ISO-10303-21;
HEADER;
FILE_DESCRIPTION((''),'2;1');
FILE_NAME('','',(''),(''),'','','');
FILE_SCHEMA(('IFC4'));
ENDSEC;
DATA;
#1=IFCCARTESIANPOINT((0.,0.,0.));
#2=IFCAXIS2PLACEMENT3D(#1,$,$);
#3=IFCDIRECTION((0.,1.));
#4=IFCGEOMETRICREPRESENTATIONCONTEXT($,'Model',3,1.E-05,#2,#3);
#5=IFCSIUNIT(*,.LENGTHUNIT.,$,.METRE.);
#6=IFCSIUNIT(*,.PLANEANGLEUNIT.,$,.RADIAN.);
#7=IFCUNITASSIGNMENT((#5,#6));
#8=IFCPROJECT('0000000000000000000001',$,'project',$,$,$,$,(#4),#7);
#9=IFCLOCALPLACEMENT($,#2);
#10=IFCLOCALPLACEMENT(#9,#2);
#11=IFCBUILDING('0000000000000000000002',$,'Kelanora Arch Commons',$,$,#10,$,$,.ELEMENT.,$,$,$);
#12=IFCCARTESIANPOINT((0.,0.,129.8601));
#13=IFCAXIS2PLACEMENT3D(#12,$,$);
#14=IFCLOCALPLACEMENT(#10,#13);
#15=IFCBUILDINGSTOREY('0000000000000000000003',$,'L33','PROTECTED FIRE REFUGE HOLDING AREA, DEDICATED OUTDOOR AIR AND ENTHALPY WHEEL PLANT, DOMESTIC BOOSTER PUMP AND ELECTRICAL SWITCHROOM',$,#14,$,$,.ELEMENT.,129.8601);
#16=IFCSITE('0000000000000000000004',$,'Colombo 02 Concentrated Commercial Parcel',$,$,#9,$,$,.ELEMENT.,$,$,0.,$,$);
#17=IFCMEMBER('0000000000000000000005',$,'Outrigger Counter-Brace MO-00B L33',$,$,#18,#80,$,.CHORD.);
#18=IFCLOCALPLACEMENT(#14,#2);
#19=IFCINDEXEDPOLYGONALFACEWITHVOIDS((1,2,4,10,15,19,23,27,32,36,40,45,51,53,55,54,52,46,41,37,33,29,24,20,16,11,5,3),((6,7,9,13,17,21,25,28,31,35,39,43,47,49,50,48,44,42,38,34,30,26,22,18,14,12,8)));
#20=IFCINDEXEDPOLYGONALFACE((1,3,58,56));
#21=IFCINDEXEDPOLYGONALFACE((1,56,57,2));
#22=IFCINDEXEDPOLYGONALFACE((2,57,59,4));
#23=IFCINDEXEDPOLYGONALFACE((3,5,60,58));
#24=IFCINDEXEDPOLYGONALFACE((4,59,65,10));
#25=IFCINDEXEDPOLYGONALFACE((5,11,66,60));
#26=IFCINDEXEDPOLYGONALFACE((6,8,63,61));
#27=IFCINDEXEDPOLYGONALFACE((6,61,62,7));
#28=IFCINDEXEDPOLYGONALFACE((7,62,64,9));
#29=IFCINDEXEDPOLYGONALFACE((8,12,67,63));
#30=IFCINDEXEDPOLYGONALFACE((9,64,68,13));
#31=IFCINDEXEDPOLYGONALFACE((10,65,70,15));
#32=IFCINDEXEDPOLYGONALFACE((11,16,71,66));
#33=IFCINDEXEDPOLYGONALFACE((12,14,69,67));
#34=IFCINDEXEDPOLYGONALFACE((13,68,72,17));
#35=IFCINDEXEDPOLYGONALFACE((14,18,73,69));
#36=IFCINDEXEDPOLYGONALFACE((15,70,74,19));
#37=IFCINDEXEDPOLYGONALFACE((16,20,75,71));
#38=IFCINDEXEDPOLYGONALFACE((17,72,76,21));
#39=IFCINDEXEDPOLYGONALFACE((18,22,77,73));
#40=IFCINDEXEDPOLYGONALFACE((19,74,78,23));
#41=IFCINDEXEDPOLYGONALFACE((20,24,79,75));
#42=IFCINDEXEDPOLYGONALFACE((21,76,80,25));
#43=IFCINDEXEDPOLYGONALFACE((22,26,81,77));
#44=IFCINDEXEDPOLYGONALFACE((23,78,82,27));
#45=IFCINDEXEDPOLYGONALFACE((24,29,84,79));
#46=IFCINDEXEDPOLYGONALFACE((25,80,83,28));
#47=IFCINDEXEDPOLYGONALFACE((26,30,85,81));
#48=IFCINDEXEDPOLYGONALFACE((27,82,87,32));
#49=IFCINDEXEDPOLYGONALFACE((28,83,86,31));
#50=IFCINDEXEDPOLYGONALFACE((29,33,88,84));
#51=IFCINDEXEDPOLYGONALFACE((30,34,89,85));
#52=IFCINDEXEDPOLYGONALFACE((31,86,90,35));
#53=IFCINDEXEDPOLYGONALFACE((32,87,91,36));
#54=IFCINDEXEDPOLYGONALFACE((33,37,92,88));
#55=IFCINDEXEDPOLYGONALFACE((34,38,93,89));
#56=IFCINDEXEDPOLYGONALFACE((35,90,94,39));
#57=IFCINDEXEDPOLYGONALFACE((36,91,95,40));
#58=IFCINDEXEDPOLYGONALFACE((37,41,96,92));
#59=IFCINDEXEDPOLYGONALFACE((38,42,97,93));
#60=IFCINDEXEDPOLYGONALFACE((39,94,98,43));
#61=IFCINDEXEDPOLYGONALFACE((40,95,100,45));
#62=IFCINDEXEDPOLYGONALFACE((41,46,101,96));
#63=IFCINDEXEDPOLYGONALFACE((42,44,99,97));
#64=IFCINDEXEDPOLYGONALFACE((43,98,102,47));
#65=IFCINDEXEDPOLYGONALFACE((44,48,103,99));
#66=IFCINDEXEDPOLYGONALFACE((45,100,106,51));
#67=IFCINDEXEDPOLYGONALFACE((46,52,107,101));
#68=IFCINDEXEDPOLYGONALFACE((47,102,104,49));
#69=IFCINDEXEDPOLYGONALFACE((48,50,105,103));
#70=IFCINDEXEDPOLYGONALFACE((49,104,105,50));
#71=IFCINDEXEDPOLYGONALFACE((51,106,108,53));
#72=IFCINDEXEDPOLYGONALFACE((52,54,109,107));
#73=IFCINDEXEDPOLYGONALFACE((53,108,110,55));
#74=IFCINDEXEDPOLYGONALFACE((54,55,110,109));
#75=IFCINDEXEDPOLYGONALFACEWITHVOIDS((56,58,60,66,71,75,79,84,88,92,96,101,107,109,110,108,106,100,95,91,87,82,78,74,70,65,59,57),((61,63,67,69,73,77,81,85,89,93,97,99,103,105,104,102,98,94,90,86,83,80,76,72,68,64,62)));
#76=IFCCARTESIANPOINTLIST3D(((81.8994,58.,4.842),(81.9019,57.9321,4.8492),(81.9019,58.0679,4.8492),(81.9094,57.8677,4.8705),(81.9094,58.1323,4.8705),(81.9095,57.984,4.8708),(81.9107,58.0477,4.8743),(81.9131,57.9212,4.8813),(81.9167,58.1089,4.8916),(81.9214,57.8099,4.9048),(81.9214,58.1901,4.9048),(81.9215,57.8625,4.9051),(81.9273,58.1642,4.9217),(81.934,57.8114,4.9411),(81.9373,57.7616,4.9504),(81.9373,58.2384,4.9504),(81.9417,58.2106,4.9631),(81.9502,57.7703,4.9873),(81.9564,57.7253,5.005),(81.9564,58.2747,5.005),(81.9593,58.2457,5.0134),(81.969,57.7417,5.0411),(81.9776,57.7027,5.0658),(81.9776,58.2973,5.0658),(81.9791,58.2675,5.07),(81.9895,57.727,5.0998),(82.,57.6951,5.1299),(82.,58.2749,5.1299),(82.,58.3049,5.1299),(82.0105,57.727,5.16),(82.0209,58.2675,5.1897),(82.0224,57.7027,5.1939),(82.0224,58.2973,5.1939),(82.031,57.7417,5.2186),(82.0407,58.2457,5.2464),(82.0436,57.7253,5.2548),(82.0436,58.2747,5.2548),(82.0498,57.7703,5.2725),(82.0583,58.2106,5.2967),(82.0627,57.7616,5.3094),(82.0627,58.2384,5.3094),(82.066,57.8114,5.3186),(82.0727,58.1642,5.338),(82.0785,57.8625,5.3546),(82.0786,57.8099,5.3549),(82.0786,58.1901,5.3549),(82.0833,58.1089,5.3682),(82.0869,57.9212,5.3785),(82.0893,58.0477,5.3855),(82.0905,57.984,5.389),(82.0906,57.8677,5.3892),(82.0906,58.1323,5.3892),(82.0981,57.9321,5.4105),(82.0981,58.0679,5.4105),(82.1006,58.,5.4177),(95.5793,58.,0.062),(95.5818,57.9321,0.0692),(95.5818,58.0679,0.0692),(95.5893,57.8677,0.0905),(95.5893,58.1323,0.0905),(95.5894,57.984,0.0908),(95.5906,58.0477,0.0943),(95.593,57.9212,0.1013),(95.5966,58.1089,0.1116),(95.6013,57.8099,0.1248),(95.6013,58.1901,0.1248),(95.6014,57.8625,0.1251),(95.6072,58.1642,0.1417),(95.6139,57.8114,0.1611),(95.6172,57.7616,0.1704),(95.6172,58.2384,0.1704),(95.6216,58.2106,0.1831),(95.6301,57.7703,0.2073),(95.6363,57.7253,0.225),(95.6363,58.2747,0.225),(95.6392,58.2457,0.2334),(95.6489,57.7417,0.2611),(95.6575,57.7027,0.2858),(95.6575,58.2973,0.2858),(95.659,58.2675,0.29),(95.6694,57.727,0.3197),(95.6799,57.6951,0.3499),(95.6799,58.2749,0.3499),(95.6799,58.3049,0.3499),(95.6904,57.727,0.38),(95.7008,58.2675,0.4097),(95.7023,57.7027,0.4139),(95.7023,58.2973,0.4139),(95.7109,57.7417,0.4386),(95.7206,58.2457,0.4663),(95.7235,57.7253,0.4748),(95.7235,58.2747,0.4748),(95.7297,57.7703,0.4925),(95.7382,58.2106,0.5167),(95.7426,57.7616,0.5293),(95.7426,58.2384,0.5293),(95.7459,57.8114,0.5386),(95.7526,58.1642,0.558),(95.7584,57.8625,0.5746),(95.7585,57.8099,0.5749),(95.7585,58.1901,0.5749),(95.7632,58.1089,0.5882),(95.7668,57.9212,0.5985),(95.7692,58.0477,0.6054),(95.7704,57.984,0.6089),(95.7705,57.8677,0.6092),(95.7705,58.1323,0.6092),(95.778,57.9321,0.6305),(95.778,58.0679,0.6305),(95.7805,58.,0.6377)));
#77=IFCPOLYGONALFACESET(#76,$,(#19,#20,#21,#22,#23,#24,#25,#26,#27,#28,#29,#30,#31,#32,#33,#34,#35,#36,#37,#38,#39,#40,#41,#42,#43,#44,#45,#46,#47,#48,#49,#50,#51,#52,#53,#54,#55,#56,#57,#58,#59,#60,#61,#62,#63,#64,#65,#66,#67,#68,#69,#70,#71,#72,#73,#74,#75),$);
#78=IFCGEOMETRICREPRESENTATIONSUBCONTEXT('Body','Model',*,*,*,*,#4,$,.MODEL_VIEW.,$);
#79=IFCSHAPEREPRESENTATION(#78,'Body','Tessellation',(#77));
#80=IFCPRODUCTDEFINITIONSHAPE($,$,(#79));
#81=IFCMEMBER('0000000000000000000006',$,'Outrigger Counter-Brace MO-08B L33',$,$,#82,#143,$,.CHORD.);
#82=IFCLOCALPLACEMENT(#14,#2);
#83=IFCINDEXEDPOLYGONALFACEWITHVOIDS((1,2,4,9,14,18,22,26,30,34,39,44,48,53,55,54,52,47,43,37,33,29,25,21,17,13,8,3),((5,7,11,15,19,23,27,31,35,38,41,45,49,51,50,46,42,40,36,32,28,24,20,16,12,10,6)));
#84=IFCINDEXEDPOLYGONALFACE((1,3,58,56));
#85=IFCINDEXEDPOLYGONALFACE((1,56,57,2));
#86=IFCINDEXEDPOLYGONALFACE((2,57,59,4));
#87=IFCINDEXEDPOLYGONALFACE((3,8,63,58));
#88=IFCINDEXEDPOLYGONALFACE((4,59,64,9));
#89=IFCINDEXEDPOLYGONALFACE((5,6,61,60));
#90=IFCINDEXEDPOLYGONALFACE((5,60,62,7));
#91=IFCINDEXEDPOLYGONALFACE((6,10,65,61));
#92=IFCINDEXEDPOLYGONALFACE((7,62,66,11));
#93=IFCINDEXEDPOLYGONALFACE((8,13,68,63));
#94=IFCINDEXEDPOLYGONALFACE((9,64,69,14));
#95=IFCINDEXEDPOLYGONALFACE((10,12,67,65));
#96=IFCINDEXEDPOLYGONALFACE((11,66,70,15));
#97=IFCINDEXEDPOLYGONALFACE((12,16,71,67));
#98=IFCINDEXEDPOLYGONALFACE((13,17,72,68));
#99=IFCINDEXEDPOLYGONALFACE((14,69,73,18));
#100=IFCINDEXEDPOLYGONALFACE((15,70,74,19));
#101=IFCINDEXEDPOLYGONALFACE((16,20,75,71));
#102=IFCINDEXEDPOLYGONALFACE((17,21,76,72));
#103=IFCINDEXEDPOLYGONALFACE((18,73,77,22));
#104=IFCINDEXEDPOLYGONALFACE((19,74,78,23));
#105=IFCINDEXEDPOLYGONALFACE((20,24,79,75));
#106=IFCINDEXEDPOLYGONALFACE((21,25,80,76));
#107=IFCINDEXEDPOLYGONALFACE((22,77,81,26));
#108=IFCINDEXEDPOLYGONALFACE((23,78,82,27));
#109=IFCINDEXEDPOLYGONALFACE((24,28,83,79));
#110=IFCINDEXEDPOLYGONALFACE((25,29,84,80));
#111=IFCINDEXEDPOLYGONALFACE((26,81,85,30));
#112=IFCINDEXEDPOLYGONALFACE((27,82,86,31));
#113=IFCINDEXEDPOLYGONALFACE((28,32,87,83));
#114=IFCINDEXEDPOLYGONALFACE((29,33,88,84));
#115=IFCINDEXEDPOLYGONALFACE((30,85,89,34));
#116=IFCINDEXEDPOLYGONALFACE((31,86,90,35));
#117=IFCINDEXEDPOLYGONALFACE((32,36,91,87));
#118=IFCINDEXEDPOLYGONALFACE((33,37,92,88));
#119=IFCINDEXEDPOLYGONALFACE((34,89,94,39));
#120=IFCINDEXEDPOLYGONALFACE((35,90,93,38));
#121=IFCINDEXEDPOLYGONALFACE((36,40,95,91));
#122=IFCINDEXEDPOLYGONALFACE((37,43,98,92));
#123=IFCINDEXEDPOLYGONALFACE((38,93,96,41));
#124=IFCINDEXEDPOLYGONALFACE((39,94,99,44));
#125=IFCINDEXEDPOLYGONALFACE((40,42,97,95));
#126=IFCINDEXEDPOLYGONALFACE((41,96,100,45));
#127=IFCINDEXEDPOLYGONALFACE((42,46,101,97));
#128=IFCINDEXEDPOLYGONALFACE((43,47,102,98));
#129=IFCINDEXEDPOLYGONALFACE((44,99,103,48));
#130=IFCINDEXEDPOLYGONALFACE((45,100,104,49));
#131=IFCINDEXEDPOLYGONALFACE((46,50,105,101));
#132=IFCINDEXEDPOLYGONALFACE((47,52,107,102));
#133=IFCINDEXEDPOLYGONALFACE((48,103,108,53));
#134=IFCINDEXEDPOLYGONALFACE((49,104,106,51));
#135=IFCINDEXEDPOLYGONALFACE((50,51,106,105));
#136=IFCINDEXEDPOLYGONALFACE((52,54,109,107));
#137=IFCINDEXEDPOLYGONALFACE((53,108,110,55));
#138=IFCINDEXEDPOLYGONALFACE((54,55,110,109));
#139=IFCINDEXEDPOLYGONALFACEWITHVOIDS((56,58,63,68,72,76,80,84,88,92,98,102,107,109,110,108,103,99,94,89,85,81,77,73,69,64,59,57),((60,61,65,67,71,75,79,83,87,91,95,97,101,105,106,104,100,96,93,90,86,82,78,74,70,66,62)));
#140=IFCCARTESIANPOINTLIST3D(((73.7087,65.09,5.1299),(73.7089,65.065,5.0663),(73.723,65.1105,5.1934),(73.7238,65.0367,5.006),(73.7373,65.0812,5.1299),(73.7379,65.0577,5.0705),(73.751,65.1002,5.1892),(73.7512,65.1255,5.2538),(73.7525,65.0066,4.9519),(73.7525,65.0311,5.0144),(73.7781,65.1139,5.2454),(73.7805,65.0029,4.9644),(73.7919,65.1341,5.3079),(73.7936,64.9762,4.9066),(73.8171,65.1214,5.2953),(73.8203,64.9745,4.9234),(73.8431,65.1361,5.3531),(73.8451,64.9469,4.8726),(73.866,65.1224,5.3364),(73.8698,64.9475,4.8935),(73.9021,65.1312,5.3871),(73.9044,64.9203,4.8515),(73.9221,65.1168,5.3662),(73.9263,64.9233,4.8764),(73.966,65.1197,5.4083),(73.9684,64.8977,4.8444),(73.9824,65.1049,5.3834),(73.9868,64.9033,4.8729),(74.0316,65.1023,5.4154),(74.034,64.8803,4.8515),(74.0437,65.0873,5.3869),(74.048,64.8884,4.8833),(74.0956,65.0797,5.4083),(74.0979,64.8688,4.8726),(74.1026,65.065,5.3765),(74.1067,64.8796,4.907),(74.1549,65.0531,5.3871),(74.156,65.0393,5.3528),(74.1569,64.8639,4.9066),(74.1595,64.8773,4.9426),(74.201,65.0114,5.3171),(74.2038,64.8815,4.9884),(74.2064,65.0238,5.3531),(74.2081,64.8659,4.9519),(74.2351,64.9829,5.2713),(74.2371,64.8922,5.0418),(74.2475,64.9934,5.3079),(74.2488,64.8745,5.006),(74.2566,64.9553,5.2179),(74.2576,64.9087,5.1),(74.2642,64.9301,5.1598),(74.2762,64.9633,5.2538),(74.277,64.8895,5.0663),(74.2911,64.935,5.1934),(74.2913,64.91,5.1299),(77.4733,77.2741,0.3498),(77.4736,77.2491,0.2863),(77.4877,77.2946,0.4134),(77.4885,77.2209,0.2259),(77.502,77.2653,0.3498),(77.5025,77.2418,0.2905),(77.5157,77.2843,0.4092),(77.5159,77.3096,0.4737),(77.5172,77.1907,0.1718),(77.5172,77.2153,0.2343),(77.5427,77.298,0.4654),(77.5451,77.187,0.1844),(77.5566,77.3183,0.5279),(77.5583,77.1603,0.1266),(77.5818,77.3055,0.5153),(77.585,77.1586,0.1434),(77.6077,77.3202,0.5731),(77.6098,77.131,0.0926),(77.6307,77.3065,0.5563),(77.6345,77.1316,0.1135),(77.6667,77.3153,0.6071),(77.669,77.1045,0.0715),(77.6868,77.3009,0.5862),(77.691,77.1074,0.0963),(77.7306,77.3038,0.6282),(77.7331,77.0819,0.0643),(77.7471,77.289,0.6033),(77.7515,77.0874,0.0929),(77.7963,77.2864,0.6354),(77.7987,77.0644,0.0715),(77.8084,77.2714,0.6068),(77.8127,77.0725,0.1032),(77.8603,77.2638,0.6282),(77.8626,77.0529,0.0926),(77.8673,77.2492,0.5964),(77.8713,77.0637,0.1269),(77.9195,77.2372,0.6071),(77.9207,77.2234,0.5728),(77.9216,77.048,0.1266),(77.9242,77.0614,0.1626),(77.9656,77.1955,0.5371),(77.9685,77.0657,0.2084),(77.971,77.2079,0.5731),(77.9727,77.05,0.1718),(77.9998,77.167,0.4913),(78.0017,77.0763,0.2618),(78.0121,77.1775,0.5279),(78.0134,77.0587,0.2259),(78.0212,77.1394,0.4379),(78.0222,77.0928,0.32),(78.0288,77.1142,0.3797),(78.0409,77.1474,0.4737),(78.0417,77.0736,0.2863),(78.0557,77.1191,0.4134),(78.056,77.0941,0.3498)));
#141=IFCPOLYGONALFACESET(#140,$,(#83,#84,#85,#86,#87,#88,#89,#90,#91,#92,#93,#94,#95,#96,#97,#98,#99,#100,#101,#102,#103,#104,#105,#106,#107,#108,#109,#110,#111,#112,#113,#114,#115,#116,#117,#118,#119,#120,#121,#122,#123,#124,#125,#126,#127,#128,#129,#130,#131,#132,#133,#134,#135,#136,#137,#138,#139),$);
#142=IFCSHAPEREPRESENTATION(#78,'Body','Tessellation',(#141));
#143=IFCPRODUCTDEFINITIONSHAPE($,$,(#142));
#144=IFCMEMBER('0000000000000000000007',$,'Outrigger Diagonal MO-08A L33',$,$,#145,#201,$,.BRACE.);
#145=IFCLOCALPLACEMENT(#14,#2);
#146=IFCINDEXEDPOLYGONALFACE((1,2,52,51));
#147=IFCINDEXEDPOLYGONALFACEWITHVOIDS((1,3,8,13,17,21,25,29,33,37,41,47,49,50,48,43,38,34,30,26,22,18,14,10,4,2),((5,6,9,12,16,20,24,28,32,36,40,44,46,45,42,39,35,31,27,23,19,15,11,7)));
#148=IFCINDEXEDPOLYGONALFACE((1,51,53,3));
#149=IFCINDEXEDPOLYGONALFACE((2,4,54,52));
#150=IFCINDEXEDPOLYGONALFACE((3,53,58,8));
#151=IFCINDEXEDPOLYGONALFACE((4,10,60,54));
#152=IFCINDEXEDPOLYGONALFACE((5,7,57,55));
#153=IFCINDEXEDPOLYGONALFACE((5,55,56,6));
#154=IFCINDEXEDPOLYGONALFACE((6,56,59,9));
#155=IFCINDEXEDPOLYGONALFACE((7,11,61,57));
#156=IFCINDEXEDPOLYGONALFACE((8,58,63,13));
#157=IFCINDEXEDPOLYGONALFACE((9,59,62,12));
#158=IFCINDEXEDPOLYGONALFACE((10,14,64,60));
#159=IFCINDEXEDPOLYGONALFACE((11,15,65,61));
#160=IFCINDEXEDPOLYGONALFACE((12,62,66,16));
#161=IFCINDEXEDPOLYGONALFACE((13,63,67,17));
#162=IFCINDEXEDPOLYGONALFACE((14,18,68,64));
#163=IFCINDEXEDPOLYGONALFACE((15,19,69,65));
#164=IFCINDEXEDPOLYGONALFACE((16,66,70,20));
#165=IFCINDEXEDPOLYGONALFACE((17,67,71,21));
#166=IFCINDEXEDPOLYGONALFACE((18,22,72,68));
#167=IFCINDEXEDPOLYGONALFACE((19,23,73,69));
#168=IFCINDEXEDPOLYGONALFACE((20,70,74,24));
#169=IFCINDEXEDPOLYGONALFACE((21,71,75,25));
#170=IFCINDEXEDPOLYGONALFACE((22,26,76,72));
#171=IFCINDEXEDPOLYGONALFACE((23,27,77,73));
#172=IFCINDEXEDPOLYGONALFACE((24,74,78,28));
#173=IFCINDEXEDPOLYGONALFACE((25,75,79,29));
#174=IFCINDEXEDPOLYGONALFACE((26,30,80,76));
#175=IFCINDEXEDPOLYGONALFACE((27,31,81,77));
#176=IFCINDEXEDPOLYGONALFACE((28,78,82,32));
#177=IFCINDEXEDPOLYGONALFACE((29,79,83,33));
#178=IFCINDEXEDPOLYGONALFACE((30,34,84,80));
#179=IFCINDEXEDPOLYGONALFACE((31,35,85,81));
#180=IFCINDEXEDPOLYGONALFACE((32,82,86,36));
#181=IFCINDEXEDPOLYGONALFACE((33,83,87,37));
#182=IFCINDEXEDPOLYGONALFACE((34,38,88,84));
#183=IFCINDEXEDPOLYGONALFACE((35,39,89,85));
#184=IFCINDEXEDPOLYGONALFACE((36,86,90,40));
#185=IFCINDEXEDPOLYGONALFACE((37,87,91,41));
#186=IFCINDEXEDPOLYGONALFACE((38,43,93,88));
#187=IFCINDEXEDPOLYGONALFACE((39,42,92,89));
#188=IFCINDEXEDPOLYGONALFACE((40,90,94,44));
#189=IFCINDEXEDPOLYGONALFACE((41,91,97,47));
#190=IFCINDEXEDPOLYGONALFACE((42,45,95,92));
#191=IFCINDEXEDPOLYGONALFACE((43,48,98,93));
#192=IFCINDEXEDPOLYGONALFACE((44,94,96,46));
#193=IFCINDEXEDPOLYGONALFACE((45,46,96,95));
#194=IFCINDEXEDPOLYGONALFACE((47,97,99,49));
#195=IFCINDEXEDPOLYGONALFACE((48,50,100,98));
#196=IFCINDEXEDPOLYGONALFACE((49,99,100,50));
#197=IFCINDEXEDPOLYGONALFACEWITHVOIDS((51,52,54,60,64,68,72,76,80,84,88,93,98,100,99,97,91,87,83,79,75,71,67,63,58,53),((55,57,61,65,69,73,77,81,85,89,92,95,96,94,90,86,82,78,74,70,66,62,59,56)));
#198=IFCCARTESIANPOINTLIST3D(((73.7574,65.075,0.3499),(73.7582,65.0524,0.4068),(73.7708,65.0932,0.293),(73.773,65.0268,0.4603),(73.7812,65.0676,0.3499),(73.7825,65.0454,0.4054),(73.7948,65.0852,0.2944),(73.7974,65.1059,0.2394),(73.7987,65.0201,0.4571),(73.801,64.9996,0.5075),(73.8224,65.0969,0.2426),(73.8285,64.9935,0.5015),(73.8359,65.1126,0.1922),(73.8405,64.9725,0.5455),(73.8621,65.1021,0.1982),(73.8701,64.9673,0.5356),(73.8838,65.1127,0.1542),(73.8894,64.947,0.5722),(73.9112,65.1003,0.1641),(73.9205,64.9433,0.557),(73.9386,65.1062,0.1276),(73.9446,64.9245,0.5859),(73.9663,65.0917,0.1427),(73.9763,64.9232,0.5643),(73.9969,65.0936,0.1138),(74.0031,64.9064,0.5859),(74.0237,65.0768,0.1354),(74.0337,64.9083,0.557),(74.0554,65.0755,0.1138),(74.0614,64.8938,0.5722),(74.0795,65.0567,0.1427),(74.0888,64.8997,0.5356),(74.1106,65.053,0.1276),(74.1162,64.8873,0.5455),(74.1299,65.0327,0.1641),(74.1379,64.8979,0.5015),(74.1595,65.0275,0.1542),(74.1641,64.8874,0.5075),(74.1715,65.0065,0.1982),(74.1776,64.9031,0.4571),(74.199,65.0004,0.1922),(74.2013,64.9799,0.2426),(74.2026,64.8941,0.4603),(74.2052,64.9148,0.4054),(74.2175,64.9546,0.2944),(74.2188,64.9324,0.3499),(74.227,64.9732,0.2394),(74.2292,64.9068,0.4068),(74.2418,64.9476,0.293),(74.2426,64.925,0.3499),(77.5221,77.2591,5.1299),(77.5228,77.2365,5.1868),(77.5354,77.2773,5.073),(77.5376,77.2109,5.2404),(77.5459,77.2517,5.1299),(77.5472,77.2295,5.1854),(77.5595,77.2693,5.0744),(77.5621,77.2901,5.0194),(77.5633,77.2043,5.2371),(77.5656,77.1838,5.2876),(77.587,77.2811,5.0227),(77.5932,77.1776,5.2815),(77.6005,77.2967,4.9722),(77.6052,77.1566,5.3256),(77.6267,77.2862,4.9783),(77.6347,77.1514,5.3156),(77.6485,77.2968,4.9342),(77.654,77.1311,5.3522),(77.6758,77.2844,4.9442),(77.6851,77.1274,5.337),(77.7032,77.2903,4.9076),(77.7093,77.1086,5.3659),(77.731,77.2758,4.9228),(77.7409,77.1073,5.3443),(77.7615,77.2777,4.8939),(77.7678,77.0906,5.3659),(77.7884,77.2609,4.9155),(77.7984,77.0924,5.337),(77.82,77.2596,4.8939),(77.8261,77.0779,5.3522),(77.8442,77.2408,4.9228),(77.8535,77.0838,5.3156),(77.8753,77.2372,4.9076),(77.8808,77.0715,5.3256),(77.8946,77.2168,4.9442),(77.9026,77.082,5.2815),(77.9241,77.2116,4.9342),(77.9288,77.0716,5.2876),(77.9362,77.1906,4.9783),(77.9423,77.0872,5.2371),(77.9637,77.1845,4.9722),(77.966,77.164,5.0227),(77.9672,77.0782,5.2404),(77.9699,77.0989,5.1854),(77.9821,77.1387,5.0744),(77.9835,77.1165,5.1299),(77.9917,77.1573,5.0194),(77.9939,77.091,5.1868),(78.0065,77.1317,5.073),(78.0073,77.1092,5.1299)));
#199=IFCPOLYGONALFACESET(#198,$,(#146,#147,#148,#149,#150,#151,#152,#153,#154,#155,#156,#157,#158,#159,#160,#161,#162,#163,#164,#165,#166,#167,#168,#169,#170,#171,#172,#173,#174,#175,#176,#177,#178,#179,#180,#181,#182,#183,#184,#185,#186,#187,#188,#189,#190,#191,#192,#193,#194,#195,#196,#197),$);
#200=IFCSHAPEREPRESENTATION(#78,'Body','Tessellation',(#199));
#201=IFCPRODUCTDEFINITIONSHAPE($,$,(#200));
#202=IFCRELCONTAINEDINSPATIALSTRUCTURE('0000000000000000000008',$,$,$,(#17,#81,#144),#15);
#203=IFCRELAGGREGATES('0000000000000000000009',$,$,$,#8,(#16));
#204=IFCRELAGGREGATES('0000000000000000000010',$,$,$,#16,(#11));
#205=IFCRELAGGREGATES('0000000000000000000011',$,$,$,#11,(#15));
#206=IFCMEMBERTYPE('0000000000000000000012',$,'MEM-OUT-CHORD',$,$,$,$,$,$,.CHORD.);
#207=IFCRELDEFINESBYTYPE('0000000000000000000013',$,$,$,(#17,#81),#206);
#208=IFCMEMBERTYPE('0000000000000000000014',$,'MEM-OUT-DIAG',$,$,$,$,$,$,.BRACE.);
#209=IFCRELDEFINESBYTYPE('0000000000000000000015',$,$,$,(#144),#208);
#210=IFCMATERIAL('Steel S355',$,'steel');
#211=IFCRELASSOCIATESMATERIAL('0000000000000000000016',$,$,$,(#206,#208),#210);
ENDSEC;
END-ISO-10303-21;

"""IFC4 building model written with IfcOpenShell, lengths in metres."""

from ifc_helpers import new_model, si_unit, direction, frame, origin, origin_2d, place, context, subcontext, project, spatial, hollow_circle, extrude, material, material_profile, profile_set, type_object, element, save


model = new_model("IFC4")

# Units and contexts
model_context = context("Model", 3, precision=1e-05, world=origin(), true_north=direction((0.0, 1.0)))
body_context = subcontext(model_context, "Body", "Model", "MODEL_VIEW")
ifc_project = project(units=[si_unit("LENGTHUNIT", "METRE"), si_unit("PLANEANGLEUNIT", "RADIAN")], contexts=[model_context])

# Site, building, storey
site_placement = place(None, origin())
site = spatial("IfcSite", under=ifc_project, at=site_placement, Name="Colombo 02 Concentrated Commercial Parcel", CompositionType="ELEMENT", RefElevation=0.0)
building_placement = place(site_placement, origin())
building = spatial("IfcBuilding", under=site, at=building_placement, Name="Kelanora Arch Commons", CompositionType="ELEMENT")
storey_placement = place(building_placement, frame((0.0, 0.0, 129.8601)))
storey = spatial("IfcBuildingStorey", under=building, at=storey_placement, Name="L33", Description="PROTECTED FIRE REFUGE HOLDING AREA, DEDICATED OUTDOOR AIR AND ENTHALPY WHEEL PLANT, DOMESTIC BOOSTER PUMP AND ELECTRICAL SWITCHROOM", CompositionType="ELEMENT", Elevation=129.8601)

# Members
ifc_material_1 = material(Name="Steel S355", Category="steel")
ifc_material_profile_1 = material_profile(ifc_material_1, hollow_circle(Radius=0.3049, WallThickness=0.03, at=origin_2d()), Name="CHS610x30")
ifc_profile_set_1 = profile_set([ifc_material_profile_1], Name="Steel S355")
member_type_1 = type_object("IfcMemberType", Name="MEM-OUT-CHORD", PredefinedType="CHORD", material=ifc_profile_set_1)
member_1_placement = place(storey_placement, frame((82.0, 58.0, 5.1299), z_axis=(0.944029, 0.0, -0.329862), x_axis=(0.0, 1.0, 0.0)))
element("IfcMember", 1, at=member_1_placement, inside=storey, type_object=member_type_1, Name="Outrigger Counter-Brace MO-00B L33", PredefinedType="CHORD", context=body_context, shape_type="SweptSolid", body=[
    extrude(hollow_circle(Radius=0.3049, WallThickness=0.03, at=origin_2d()), origin(), (0.0, 0.0, 1.0), 14.491),
])
member_2_placement = place(storey_placement, frame((74.0, 65.0, 5.1299), z_axis=(0.276429, 0.894648, -0.350986), x_axis=(-0.955432, 0.29521, 0.0)))
element("IfcMember", 2, at=member_2_placement, inside=storey, type_object=member_type_1, Name="Outrigger Counter-Brace MO-08B L33", PredefinedType="CHORD", context=body_context, shape_type="SweptSolid", body=[
    extrude(hollow_circle(Radius=0.3049, WallThickness=0.03, at=origin_2d()), origin(), (0.0, 0.0, 1.0), 13.6189),
])
ifc_material_profile_2 = material_profile(ifc_material_1, hollow_circle(Radius=0.2539, WallThickness=0.0249, at=origin_2d()), Name="CHS508x25")
ifc_profile_set_2 = profile_set([ifc_material_profile_2], Name="Steel S355")
member_type_2 = type_object("IfcMemberType", Name="MEM-OUT-DIAG", PredefinedType="BRACE", material=ifc_profile_set_2)
member_3_placement = place(storey_placement, frame((74.0, 65.0, 0.3499), z_axis=(0.276429, 0.894648, 0.350986), x_axis=(-0.955432, 0.29521, 0.0)))
element("IfcMember", 3, at=member_3_placement, inside=storey, type_object=member_type_2, Name="Outrigger Diagonal MO-08A L33", PredefinedType="BRACE", context=body_context, shape_type="SweptSolid", body=[
    extrude(hollow_circle(Radius=0.2539, WallThickness=0.0249, at=origin_2d()), origin(), (0.0, 0.0, 1.0), 13.6189),
])

save(model, "model.ifc")
